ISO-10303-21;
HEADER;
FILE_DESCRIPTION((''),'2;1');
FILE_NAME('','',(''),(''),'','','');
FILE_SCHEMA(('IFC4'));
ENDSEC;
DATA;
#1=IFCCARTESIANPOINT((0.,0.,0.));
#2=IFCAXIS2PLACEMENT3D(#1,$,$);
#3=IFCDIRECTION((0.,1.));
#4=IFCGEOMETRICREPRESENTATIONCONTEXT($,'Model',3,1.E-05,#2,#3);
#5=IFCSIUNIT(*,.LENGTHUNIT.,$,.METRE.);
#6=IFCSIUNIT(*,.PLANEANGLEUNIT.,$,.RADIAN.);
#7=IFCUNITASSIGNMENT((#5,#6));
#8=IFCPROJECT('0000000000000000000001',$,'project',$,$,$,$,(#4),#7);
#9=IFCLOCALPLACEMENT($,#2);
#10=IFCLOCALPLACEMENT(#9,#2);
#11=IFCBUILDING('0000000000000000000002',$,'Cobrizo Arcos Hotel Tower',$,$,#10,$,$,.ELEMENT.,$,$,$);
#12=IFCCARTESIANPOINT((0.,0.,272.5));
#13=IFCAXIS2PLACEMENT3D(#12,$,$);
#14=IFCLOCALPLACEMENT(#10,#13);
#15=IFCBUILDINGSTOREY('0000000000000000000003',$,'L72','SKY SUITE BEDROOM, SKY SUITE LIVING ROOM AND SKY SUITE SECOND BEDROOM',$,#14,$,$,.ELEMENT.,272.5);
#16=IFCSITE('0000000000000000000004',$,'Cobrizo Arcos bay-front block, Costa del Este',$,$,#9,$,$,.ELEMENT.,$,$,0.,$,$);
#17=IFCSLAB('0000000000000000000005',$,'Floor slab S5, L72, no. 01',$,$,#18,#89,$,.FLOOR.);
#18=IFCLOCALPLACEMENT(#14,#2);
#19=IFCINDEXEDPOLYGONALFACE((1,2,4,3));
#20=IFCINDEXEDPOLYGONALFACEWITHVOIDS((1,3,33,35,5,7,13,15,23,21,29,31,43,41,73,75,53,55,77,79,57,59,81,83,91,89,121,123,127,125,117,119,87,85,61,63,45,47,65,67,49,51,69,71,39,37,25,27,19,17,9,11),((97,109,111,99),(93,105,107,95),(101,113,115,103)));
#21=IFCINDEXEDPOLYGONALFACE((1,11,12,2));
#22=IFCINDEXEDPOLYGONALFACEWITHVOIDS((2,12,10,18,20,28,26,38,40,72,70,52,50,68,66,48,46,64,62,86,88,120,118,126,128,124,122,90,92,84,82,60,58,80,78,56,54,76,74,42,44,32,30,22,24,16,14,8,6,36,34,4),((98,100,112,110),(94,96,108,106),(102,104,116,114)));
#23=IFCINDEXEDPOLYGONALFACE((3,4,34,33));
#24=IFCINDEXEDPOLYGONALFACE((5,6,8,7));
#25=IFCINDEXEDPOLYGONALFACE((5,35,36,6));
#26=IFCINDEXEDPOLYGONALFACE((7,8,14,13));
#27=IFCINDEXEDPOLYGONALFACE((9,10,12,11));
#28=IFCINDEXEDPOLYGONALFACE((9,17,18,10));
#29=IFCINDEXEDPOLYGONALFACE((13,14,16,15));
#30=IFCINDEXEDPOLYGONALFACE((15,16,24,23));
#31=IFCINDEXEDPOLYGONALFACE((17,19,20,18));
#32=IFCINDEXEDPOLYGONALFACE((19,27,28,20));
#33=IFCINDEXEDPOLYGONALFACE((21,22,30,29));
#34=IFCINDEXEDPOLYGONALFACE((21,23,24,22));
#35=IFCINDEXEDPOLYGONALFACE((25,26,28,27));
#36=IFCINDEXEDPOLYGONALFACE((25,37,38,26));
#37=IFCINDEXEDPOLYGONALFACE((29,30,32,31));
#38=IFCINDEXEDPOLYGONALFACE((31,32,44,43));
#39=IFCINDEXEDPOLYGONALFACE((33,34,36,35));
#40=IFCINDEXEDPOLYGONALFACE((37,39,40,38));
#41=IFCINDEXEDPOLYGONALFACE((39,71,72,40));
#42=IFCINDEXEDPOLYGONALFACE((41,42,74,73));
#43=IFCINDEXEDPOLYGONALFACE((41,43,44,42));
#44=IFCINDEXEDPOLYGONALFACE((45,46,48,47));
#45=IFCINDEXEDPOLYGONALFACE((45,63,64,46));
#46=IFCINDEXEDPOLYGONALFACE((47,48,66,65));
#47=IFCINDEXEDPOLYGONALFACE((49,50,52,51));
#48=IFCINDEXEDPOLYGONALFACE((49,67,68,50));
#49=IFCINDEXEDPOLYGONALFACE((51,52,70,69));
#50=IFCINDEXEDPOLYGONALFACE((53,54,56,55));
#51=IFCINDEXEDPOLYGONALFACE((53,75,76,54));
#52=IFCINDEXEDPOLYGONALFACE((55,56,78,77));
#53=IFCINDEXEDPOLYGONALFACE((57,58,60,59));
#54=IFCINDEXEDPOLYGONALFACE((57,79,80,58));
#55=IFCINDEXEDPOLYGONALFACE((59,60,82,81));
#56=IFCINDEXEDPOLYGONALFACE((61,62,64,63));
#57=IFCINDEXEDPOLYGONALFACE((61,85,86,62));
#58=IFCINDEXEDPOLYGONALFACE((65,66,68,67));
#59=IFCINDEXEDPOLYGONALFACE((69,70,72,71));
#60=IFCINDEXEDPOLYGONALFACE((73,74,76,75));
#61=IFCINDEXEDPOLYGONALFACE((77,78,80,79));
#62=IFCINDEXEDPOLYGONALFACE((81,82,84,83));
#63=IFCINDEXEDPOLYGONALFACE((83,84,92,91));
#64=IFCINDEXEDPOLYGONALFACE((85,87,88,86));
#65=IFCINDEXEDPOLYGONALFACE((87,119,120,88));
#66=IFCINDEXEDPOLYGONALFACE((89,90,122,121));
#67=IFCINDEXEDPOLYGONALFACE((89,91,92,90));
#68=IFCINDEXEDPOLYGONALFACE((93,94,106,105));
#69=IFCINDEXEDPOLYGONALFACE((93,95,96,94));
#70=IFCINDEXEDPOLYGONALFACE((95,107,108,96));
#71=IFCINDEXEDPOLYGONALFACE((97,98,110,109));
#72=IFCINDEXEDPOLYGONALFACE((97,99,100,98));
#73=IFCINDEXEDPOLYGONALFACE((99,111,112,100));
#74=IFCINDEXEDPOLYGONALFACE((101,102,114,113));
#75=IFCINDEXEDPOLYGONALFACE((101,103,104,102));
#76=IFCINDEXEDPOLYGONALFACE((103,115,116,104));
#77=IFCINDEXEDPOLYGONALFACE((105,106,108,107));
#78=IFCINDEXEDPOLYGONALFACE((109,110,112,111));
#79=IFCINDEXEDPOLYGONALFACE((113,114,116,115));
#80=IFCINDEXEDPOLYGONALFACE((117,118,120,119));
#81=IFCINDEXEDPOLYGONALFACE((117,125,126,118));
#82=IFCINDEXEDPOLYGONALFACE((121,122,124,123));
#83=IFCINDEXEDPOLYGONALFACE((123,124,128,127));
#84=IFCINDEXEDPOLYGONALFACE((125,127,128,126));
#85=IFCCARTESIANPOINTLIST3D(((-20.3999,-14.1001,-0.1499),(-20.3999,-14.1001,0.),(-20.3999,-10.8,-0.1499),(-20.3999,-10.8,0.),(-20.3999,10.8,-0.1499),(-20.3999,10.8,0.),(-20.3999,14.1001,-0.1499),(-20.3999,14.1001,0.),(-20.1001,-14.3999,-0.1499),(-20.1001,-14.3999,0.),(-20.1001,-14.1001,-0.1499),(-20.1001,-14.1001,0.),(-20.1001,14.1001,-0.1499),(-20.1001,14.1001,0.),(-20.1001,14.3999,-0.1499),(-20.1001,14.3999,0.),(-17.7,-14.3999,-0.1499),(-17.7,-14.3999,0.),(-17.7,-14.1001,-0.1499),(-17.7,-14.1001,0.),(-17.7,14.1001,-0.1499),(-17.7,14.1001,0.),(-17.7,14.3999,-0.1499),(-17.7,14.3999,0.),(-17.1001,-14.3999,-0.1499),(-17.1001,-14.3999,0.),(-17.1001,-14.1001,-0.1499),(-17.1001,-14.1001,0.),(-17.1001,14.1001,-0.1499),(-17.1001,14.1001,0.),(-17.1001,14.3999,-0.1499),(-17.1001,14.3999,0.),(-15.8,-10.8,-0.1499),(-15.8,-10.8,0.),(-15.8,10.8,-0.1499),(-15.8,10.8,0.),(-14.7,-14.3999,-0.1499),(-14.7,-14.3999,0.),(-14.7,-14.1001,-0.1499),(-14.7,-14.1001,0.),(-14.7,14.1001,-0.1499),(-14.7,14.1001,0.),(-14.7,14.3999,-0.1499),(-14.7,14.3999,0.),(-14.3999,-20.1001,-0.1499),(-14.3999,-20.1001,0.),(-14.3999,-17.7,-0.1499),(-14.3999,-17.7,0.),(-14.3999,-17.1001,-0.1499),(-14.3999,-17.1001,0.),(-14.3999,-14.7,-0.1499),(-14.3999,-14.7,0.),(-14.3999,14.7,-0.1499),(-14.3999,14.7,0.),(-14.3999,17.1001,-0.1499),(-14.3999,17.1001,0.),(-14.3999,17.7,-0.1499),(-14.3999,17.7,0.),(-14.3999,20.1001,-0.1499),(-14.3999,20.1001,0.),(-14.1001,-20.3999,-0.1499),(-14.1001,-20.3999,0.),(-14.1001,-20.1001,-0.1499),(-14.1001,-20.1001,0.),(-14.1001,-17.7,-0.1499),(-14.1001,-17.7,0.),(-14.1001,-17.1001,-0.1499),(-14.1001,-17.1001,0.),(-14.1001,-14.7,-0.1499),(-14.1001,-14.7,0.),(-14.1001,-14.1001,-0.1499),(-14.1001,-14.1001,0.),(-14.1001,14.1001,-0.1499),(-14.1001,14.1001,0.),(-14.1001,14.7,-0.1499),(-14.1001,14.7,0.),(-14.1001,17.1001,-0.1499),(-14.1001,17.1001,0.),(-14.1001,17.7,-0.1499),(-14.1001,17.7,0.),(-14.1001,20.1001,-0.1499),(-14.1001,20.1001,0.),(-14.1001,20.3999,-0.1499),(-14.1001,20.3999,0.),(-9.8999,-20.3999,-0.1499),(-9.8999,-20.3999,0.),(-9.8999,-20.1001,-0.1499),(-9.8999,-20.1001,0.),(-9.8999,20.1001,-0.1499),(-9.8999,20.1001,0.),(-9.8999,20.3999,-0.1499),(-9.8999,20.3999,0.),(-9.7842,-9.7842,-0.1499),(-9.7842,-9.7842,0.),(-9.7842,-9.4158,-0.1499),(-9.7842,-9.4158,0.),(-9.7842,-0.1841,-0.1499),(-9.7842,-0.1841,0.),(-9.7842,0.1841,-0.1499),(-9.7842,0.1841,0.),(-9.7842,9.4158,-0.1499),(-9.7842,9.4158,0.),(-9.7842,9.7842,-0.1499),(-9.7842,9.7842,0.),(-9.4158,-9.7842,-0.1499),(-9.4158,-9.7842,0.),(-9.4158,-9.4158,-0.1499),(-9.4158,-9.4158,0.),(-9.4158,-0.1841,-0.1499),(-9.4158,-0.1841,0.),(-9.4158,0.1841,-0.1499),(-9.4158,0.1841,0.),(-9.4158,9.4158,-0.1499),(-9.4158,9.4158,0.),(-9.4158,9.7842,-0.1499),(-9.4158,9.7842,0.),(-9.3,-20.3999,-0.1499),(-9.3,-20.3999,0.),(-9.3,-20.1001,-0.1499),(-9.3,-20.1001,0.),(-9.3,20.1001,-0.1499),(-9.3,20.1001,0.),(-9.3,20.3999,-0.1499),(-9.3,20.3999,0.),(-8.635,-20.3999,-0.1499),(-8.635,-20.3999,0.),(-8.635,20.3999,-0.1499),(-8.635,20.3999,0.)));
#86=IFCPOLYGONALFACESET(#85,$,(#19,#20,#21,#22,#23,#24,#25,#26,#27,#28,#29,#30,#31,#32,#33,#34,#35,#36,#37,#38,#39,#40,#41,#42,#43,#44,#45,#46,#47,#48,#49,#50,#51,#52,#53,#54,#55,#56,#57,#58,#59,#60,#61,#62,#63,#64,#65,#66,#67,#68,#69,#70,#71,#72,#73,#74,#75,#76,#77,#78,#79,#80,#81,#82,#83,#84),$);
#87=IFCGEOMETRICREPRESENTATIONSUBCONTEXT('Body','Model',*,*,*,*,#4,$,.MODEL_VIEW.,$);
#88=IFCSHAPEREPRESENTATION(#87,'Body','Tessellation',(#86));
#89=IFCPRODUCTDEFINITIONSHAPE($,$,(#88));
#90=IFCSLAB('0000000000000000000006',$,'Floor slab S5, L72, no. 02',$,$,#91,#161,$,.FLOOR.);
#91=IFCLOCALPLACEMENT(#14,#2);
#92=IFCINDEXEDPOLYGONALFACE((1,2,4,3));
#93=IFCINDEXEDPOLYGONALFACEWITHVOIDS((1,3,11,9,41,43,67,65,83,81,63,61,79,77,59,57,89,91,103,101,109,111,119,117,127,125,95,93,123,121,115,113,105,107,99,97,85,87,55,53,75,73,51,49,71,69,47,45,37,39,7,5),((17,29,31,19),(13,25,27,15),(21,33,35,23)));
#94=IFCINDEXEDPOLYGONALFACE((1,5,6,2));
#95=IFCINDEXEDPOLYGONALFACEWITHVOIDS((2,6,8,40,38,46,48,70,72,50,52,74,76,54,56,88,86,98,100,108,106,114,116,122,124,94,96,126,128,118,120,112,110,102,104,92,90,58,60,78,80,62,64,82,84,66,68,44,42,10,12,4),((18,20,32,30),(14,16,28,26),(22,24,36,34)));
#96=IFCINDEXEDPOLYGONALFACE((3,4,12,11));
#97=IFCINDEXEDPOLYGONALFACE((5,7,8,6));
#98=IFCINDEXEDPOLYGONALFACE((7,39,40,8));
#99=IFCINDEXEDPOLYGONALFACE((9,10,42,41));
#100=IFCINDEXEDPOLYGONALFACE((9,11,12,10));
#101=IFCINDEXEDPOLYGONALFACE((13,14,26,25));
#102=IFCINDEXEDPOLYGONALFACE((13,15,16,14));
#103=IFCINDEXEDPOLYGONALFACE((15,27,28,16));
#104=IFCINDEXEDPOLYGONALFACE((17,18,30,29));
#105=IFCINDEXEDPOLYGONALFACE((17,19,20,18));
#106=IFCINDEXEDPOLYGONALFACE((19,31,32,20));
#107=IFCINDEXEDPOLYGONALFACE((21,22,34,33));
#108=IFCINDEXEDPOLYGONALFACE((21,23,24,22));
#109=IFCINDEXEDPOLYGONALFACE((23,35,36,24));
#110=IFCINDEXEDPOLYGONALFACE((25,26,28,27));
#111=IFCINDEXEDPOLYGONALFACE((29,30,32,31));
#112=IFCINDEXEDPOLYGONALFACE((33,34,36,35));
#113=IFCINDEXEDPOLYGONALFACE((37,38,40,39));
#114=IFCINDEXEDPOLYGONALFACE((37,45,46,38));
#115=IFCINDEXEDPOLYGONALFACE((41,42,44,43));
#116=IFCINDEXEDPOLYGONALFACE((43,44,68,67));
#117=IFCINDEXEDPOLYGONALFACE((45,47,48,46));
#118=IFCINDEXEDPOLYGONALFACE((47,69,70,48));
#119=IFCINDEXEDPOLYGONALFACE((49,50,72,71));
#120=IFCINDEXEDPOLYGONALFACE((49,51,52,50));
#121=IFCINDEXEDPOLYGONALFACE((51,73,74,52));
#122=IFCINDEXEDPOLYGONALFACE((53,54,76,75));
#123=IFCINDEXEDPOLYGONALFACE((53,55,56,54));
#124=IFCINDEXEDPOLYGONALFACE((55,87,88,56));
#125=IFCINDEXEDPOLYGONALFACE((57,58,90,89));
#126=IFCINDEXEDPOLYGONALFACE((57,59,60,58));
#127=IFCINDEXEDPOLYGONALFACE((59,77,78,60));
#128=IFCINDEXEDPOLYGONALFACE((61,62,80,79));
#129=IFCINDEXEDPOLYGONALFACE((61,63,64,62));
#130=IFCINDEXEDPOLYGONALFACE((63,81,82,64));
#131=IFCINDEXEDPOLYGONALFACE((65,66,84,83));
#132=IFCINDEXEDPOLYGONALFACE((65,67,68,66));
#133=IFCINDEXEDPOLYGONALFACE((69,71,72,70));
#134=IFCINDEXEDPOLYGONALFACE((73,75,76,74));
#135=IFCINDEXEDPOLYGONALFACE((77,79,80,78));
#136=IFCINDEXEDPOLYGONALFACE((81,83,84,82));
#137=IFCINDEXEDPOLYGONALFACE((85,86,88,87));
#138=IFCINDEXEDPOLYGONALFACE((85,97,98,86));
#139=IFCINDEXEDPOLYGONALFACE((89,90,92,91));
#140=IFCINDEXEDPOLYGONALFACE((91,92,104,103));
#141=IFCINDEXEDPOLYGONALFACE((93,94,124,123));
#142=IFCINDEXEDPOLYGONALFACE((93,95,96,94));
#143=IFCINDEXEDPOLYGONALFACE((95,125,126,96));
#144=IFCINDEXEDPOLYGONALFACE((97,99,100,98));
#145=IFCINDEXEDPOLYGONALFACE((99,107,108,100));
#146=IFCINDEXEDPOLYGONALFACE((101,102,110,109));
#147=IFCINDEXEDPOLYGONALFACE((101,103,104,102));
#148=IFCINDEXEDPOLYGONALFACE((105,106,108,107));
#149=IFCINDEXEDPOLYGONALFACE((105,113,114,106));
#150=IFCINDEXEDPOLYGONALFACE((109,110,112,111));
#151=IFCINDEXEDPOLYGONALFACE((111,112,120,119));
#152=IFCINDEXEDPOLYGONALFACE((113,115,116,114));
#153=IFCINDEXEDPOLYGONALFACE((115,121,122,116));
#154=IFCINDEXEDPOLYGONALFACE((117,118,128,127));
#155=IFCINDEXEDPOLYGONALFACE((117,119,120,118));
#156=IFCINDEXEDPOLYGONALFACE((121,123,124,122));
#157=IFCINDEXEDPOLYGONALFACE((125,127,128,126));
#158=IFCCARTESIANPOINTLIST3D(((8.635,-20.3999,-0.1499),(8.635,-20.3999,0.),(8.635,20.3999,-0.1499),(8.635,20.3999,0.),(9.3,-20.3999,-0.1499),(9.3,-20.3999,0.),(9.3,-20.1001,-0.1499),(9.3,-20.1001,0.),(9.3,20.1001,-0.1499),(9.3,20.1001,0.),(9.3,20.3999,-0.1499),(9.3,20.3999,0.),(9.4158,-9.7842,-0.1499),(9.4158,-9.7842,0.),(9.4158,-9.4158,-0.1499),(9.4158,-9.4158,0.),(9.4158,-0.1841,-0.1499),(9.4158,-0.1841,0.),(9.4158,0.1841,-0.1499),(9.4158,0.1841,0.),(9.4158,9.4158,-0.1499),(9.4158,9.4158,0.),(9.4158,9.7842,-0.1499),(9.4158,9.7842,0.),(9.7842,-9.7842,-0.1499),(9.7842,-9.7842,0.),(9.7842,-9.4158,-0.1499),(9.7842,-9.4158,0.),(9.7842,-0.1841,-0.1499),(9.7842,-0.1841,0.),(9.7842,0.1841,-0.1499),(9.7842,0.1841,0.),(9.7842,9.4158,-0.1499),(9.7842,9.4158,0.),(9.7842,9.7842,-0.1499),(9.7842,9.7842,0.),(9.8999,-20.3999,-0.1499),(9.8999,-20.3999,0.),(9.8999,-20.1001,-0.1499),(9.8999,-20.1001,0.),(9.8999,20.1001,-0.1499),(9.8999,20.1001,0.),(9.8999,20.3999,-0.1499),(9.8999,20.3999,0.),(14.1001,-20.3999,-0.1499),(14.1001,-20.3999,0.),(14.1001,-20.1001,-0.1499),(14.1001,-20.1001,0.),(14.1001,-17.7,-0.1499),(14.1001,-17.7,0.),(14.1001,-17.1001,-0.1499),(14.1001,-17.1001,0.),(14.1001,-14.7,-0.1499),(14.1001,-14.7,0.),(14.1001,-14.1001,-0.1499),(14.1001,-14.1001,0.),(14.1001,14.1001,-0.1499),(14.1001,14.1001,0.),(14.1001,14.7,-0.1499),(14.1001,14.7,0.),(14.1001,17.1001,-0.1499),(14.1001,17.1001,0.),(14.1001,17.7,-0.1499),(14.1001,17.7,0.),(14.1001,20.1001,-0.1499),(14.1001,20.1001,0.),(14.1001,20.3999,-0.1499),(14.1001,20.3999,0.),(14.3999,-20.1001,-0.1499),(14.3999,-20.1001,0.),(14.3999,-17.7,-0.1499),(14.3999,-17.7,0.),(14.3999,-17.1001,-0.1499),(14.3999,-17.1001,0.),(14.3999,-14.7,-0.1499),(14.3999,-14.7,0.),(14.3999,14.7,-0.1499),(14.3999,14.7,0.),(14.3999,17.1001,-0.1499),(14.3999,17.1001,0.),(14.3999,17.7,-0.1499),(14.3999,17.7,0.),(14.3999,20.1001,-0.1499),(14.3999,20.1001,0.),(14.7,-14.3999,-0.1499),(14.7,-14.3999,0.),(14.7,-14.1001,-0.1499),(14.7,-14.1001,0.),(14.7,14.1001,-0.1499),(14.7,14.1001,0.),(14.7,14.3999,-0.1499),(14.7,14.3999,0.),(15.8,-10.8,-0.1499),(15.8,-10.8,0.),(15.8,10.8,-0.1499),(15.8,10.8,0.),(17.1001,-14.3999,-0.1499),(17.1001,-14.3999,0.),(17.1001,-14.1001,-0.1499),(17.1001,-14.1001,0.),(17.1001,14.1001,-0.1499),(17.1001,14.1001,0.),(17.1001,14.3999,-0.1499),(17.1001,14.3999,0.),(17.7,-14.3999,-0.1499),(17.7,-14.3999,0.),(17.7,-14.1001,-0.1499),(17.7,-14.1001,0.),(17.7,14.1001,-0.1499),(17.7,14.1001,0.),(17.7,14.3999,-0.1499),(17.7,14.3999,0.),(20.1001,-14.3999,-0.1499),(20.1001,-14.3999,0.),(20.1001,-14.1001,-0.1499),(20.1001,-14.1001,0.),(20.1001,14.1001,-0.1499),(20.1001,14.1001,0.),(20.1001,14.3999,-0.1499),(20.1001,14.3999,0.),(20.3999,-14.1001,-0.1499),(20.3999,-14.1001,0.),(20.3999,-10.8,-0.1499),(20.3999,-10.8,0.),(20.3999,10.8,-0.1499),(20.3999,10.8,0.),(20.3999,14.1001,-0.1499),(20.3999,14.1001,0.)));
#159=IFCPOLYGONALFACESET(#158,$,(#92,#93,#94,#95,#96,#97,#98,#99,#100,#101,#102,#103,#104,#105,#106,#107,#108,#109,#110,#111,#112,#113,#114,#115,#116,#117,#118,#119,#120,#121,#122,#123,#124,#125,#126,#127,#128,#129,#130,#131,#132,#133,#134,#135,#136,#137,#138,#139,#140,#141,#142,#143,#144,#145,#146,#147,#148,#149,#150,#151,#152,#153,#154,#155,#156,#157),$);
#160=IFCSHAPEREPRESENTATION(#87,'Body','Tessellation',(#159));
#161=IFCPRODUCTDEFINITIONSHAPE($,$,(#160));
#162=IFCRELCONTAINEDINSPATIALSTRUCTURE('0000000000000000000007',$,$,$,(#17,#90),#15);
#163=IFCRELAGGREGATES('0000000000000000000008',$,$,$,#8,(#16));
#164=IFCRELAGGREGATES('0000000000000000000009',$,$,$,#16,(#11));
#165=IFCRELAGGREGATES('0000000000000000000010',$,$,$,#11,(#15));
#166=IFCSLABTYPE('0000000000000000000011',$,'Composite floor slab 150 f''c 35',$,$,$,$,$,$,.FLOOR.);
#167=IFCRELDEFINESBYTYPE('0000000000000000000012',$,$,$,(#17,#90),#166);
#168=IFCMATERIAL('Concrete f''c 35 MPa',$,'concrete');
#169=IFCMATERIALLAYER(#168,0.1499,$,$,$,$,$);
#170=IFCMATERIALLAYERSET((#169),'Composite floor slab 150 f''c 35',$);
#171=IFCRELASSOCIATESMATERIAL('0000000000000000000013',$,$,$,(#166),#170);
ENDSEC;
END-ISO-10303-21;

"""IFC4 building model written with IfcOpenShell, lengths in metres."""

from ifc_helpers import new_model, si_unit, direction, frame, origin, place, context, subcontext, project, spatial, polyline, outline, extrude, material, layer, layer_set, type_object, element, save


model = new_model("IFC4")

# Units and contexts
model_context = context("Model", 3, precision=1e-05, world=origin(), true_north=direction((0.0, 1.0)))
body_context = subcontext(model_context, "Body", "Model", "MODEL_VIEW")
ifc_project = project(units=[si_unit("LENGTHUNIT", "METRE"), si_unit("PLANEANGLEUNIT", "RADIAN")], contexts=[model_context])

# Site, building, storey
site_placement = place(None, origin())
site = spatial("IfcSite", under=ifc_project, at=site_placement, Name="Cobrizo Arcos bay-front block, Costa del Este", CompositionType="ELEMENT", RefElevation=0.0)
building_placement = place(site_placement, origin())
building = spatial("IfcBuilding", under=site, at=building_placement, Name="Cobrizo Arcos Hotel Tower", CompositionType="ELEMENT")
storey_placement = place(building_placement, frame((0.0, 0.0, 272.5)))
storey = spatial("IfcBuildingStorey", under=building, at=storey_placement, Name="L72", Description="SKY SUITE BEDROOM, SKY SUITE LIVING ROOM AND SKY SUITE SECOND BEDROOM", CompositionType="ELEMENT", Elevation=272.5)

# Slabs
ifc_material_1 = material(Name="Concrete f'c 35 MPa", Category="concrete")
ifc_layer_1 = layer(ifc_material_1, 0.1499)
ifc_layer_set_1 = layer_set([ifc_layer_1], Name="Composite floor slab 150 f'c 35")
slab_type_1 = type_object("IfcSlabType", Name="Composite floor slab 150 f'c 35", PredefinedType="FLOOR", material=ifc_layer_set_1)
slab_1_placement = place(storey_placement, frame((0.0, 0.0, -0.1499)))
element("IfcSlab", 1, at=slab_1_placement, inside=storey, type_object=slab_type_1, Name="Floor slab S5, L72, no. 01", PredefinedType="FLOOR", context=body_context, shape_type="SweptSolid", body=[
    extrude(outline(polyline([(-14.3999, -17.7), (-14.1001, -17.7), (-14.1001, -17.1001), (-14.3999, -17.1001), (-14.3999, -14.7), (-14.1001, -14.7), (-14.1001, -14.1001), (-14.7, -14.1001), (-14.7, -14.3999), (-17.1001, -14.3999), (-17.1001, -14.1001), (-17.7, -14.1001), (-17.7, -14.3999), (-20.1001, -14.3999), (-20.1001, -14.1001), (-20.3999, -14.1001), (-20.3999, -10.8), (-15.8, -10.8), (-15.8, 10.8), (-20.3999, 10.8), (-20.3999, 14.1001), (-20.1001, 14.1001), (-20.1001, 14.3999), (-17.7, 14.3999), (-17.7, 14.1001), (-17.1001, 14.1001), (-17.1001, 14.3999), (-14.7, 14.3999), (-14.7, 14.1001), (-14.1001, 14.1001), (-14.1001, 14.7), (-14.3999, 14.7), (-14.3999, 17.1001), (-14.1001, 17.1001), (-14.1001, 17.7), (-14.3999, 17.7), (-14.3999, 20.1001), (-14.1001, 20.1001), (-14.1001, 20.3999), (-9.8999, 20.3999), (-9.8999, 20.1001), (-9.3, 20.1001), (-9.3, 20.3999), (-8.635, 20.3999), (-8.635, -20.3999), (-9.3, -20.3999), (-9.3, -20.1001), (-9.8999, -20.1001), (-9.8999, -20.3999), (-14.1001, -20.3999), (-14.1001, -20.1001), (-14.3999, -20.1001), (-14.3999, -17.7)]), holes=[polyline([(-9.4158, -9.7842), (-9.4158, -9.4158), (-9.7842, -9.4158), (-9.7842, -9.7842), (-9.4158, -9.7842)]), polyline([(-9.4158, -0.1841), (-9.4158, 0.1841), (-9.7842, 0.1841), (-9.7842, -0.1841), (-9.4158, -0.1841)]), polyline([(-9.4158, 9.4158), (-9.4158, 9.7842), (-9.7842, 9.7842), (-9.7842, 9.4158), (-9.4158, 9.4158)])]), origin(), (0.0, 0.0, 1.0), 0.1499),
])
slab_2_placement = place(storey_placement, frame((0.0, 0.0, -0.1499)))
element("IfcSlab", 2, at=slab_2_placement, inside=storey, type_object=slab_type_1, Name="Floor slab S5, L72, no. 02", PredefinedType="FLOOR", context=body_context, shape_type="SweptSolid", body=[
    extrude(outline(polyline([(14.3999, 17.7), (14.1001, 17.7), (14.1001, 17.1001), (14.3999, 17.1001), (14.3999, 14.7), (14.1001, 14.7), (14.1001, 14.1001), (14.7, 14.1001), (14.7, 14.3999), (17.1001, 14.3999), (17.1001, 14.1001), (17.7, 14.1001), (17.7, 14.3999), (20.1001, 14.3999), (20.1001, 14.1001), (20.3999, 14.1001), (20.3999, 10.8), (15.8, 10.8), (15.8, -10.8), (20.3999, -10.8), (20.3999, -14.1001), (20.1001, -14.1001), (20.1001, -14.3999), (17.7, -14.3999), (17.7, -14.1001), (17.1001, -14.1001), (17.1001, -14.3999), (14.7, -14.3999), (14.7, -14.1001), (14.1001, -14.1001), (14.1001, -14.7), (14.3999, -14.7), (14.3999, -17.1001), (14.1001, -17.1001), (14.1001, -17.7), (14.3999, -17.7), (14.3999, -20.1001), (14.1001, -20.1001), (14.1001, -20.3999), (9.8999, -20.3999), (9.8999, -20.1001), (9.3, -20.1001), (9.3, -20.3999), (8.635, -20.3999), (8.635, 20.3999), (9.3, 20.3999), (9.3, 20.1001), (9.8999, 20.1001), (9.8999, 20.3999), (14.1001, 20.3999), (14.1001, 20.1001), (14.3999, 20.1001), (14.3999, 17.7)]), holes=[polyline([(9.7842, -9.7842), (9.7842, -9.4158), (9.4158, -9.4158), (9.4158, -9.7842), (9.7842, -9.7842)]), polyline([(9.7842, -0.1841), (9.7842, 0.1841), (9.4158, 0.1841), (9.4158, -0.1841), (9.7842, -0.1841)]), polyline([(9.7842, 9.4158), (9.7842, 9.7842), (9.4158, 9.7842), (9.4158, 9.4158), (9.7842, 9.4158)])]), origin(), (0.0, 0.0, 1.0), 0.1499),
])

save(model, "model.ifc")
